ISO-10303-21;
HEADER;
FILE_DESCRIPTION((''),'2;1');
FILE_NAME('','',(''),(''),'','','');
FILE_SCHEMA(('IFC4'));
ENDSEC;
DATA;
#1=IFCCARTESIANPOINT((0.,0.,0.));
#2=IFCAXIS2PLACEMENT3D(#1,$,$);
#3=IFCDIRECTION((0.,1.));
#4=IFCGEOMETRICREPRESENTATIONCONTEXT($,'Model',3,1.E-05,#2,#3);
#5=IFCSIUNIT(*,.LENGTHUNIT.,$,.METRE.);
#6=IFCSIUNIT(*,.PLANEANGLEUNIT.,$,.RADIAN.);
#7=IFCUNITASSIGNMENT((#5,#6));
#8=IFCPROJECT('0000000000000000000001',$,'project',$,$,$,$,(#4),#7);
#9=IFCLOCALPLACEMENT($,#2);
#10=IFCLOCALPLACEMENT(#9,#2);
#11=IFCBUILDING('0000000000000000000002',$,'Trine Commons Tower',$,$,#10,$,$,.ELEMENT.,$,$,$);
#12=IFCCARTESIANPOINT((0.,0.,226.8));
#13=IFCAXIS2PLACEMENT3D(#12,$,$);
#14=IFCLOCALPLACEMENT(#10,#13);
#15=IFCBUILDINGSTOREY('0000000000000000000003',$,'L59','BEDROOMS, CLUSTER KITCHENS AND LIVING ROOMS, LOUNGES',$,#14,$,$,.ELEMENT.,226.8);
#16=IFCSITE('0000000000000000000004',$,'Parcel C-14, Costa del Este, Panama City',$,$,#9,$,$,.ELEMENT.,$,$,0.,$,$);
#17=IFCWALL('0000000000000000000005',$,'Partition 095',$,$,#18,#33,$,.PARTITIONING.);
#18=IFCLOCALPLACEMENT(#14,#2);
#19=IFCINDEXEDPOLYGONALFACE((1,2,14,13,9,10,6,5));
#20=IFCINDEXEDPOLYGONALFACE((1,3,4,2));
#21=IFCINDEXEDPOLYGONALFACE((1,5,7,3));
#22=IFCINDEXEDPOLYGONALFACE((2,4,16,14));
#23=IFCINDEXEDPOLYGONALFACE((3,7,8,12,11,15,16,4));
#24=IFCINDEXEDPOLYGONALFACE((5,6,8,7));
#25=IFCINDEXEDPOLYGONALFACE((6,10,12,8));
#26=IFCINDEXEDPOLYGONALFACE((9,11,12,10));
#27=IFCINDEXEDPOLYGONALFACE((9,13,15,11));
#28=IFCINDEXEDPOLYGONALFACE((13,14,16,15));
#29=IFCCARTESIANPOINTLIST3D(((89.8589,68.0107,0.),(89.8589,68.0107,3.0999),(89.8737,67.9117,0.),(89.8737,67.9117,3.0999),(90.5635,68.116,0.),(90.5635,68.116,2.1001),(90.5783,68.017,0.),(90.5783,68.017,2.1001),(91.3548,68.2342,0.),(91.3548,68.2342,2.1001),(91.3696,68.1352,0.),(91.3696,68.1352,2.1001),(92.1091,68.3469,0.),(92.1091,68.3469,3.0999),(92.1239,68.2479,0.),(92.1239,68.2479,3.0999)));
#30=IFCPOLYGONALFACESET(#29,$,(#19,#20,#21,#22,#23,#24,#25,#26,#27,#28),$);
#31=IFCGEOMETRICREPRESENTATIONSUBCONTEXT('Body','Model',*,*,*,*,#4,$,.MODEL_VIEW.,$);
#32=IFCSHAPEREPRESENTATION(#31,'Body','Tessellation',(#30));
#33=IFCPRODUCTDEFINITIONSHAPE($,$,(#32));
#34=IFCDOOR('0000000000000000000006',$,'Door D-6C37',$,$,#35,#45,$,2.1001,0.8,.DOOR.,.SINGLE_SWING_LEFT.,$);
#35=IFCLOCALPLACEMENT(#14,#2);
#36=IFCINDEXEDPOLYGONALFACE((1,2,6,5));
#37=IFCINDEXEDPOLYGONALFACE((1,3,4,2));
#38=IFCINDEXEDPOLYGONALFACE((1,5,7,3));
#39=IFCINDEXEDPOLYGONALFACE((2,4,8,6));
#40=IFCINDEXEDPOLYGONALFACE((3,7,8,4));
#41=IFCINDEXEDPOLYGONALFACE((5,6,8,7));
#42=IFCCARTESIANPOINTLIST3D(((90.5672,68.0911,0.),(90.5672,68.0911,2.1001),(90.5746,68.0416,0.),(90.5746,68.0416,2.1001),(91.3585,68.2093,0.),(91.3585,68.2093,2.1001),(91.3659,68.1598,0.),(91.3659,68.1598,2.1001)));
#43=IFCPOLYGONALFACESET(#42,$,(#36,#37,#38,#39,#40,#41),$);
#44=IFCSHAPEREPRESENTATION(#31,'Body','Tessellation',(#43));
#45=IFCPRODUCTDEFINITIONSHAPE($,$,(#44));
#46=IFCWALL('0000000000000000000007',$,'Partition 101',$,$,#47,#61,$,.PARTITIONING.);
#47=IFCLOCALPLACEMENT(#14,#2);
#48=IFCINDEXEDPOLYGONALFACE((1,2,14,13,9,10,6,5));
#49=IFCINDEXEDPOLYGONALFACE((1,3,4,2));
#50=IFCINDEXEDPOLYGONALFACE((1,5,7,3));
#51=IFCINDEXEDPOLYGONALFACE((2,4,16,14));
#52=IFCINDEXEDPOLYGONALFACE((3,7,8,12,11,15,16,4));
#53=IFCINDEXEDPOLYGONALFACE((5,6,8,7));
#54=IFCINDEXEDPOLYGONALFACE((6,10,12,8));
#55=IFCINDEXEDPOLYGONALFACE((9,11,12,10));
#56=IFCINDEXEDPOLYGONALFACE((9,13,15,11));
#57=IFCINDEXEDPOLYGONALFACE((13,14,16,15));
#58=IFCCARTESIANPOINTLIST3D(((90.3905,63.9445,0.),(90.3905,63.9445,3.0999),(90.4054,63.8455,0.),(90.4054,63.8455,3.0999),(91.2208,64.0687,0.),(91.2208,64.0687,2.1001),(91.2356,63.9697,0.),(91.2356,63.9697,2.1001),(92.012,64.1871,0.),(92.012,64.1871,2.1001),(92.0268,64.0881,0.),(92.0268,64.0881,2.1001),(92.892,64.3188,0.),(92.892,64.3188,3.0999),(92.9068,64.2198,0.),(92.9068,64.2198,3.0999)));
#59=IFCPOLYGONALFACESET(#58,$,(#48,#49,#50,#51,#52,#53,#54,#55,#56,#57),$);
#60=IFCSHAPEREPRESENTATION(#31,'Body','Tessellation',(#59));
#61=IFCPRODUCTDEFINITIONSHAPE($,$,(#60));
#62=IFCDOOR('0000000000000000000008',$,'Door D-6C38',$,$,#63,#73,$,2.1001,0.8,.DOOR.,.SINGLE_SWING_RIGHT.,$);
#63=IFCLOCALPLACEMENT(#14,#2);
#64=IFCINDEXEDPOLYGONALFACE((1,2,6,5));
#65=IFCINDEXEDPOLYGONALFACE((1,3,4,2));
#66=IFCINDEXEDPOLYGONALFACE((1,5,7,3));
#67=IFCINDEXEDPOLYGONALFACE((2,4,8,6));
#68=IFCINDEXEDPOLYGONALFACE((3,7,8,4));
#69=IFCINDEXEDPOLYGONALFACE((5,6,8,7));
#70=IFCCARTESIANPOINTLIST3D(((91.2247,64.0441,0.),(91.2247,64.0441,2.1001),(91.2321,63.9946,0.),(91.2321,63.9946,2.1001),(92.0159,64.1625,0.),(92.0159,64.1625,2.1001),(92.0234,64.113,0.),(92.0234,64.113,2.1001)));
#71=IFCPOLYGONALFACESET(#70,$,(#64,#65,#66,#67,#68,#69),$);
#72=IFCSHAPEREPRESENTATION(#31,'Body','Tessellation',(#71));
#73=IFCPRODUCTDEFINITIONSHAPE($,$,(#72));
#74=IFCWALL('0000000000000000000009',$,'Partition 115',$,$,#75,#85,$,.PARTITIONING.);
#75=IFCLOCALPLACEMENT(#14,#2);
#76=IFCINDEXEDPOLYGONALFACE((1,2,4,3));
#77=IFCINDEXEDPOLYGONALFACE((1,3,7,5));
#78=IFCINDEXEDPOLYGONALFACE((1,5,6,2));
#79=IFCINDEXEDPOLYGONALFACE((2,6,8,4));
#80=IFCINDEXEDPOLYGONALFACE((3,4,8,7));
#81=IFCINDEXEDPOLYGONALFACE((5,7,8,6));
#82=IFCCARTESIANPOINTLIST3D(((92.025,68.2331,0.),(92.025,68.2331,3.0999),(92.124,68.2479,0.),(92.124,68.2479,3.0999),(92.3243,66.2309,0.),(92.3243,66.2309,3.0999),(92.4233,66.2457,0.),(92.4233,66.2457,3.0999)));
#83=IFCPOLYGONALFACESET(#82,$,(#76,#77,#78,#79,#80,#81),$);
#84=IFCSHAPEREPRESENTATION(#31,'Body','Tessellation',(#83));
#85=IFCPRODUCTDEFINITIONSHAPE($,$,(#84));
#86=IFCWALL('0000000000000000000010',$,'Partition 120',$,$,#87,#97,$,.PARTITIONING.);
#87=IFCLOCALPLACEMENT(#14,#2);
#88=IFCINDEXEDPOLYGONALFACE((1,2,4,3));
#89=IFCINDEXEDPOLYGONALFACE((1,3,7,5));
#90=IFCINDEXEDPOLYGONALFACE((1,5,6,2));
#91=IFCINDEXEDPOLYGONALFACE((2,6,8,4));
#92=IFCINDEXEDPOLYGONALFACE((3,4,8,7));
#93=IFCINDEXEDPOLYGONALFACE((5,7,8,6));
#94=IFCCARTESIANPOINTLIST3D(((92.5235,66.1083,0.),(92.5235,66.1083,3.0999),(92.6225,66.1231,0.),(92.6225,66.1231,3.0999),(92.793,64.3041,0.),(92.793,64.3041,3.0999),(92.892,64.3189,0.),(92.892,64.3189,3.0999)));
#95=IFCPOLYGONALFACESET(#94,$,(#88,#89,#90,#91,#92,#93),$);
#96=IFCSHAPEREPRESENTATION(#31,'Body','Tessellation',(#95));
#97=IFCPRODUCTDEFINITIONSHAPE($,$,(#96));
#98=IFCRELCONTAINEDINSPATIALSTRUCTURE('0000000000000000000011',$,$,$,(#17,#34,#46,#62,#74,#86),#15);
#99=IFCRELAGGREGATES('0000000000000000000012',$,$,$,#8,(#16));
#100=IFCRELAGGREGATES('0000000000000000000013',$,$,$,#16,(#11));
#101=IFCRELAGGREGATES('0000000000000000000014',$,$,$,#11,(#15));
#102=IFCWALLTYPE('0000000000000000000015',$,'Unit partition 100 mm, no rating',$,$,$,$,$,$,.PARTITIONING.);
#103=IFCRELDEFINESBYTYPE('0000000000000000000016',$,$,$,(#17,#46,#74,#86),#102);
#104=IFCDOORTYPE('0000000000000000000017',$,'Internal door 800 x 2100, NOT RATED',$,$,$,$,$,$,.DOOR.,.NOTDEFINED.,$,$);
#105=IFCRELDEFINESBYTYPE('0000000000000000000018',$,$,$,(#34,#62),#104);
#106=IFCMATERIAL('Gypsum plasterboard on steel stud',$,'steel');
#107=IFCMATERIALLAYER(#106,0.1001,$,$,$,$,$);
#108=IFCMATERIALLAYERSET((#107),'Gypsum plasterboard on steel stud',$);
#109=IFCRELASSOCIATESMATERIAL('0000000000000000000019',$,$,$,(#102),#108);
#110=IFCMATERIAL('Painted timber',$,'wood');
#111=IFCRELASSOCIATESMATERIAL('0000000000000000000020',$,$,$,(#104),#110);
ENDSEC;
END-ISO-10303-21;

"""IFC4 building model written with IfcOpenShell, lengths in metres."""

from ifc_helpers import new_model, si_unit, direction, frame, frame_2d, origin, place, context, subcontext, project, spatial, rectangle, extrude, material, layer, layer_set, type_object, element, fill, save


model = new_model("IFC4")

# Units and contexts
model_context = context("Model", 3, precision=1e-05, world=origin(), true_north=direction((0.0, 1.0)))
body_context = subcontext(model_context, "Body", "Model", "MODEL_VIEW")
ifc_project = project(units=[si_unit("LENGTHUNIT", "METRE"), si_unit("PLANEANGLEUNIT", "RADIAN")], contexts=[model_context])

# Site, building, storey
site_placement = place(None, origin())
site = spatial("IfcSite", under=ifc_project, at=site_placement, Name="Parcel C-14, Costa del Este, Panama City", CompositionType="ELEMENT", RefElevation=0.0)
building_placement = place(site_placement, origin())
building = spatial("IfcBuilding", under=site, at=building_placement, Name="Trine Commons Tower", CompositionType="ELEMENT")
storey_placement = place(building_placement, frame((0.0, 0.0, 226.8)))
storey = spatial("IfcBuildingStorey", under=building, at=storey_placement, Name="L59", Description="BEDROOMS, CLUSTER KITCHENS AND LIVING ROOMS, LOUNGES", CompositionType="ELEMENT", Elevation=226.8)

# Shared definitions
ifc_material_1 = material(Name="Gypsum plasterboard on steel stud", Category="steel")

# Walls, openings, doors
ifc_layer_1 = layer(ifc_material_1, 0.1001)
ifc_layer_set_1 = layer_set([ifc_layer_1], Name="Gypsum plasterboard on steel stud")
wall_type_1 = type_object("IfcWallType", Name="Unit partition 100 mm, no rating", PredefinedType="PARTITIONING", material=ifc_layer_set_1)
ifc_material_2 = material(Name="Painted timber", Category="wood")
door_type_1 = type_object("IfcDoorType", Name="Internal door 800 x 2100, NOT RATED", OperationType="NOTDEFINED", PredefinedType="DOOR", material=ifc_material_2)
wall_1_placement = place(storey_placement, frame((89.8662, 67.9612, 0.0), z_axis=(0.0, 0.0, 1.0), x_axis=(0.989024, 0.147758, 0.0)))
wall_1 = element("IfcWall", 1, at=wall_1_placement, inside=storey, type_object=wall_type_1, Name="Partition 095", PredefinedType="PARTITIONING", context=body_context, shape_type="SweptSolid", body=[
    extrude(rectangle(XDim=2.2751, YDim=0.1001, at=frame_2d((1.1377, 0.0))), origin(), (0.0, 0.0, 1.0), 3.0999),
])
opening_1_placement = place(wall_1_placement, frame((0.7126, 0.0, 0.0)))
opening_1 = element("IfcOpeningElement", 2, at=opening_1_placement, cuts=wall_1, PredefinedType="OPENING", context=body_context, shape_type="SweptSolid", body=[
    extrude(rectangle(XDim=0.8, YDim=2.1001, at=frame_2d((0.3999, 1.05))), frame((0.0, 0.0601, 0.0), z_axis=(0.0, -1.0, 0.0), x_axis=(1.0, 0.0, 0.0)), (0.0, 0.0, 1.0), 0.1201),
])
door_1_placement = place(opening_1_placement, origin())
door_1 = element("IfcDoor", 3, at=door_1_placement, inside=storey, type_object=door_type_1, Name="Door D-6C37", OperationType="SINGLE_SWING_LEFT", OverallHeight=2.1001, OverallWidth=0.8, PredefinedType="DOOR", context=body_context, shape_type="SweptSolid", body=[
    extrude(rectangle(XDim=0.8, YDim=2.1001, at=frame_2d((0.3999, 1.05))), frame((0.0, 0.0249, 0.0), z_axis=(0.0, -1.0, 0.0), x_axis=(1.0, 0.0, 0.0)), (0.0, 0.0, 1.0), 0.05),
])
fill(opening_1, door_1)
wall_2_placement = place(storey_placement, frame((90.3979, 63.895, 0.0), z_axis=(0.0, 0.0, 1.0), x_axis=(0.988992, 0.147972, 0.0)))
wall_2 = element("IfcWall", 4, at=wall_2_placement, inside=storey, type_object=wall_type_1, Name="Partition 101", PredefinedType="PARTITIONING", context=body_context, shape_type="SweptSolid", body=[
    extrude(rectangle(XDim=2.5293, YDim=0.1001, at=frame_2d((1.2646, 0.0))), origin(), (0.0, 0.0, 1.0), 3.0999),
])
opening_2_placement = place(wall_2_placement, frame((0.8396, 0.0, 0.0)))
opening_2 = element("IfcOpeningElement", 5, at=opening_2_placement, cuts=wall_2, PredefinedType="OPENING", context=body_context, shape_type="SweptSolid", body=[
    extrude(rectangle(XDim=0.8, YDim=2.1001, at=frame_2d((0.3999, 1.05))), frame((0.0, 0.0601, 0.0), z_axis=(0.0, -1.0, 0.0), x_axis=(1.0, 0.0, 0.0)), (0.0, 0.0, 1.0), 0.1201),
])
door_2_placement = place(opening_2_placement, frame((0.8, 0.0, 0.0), z_axis=(0.0, 0.0, 1.0), x_axis=(-1.0, 0.0, 0.0)))
door_2 = element("IfcDoor", 6, at=door_2_placement, inside=storey, type_object=door_type_1, Name="Door D-6C38", OperationType="SINGLE_SWING_RIGHT", OverallHeight=2.1001, OverallWidth=0.8, PredefinedType="DOOR", context=body_context, shape_type="SweptSolid", body=[
    extrude(rectangle(XDim=0.8, YDim=2.1001, at=frame_2d((0.3999, 1.05))), frame((0.0, 0.0249, 0.0), z_axis=(0.0, -1.0, 0.0), x_axis=(1.0, 0.0, 0.0)), (0.0, 0.0, 1.0), 0.05),
])
fill(opening_2, door_2)

# Walls
wall_3_placement = place(storey_placement, frame((92.0745, 68.2405, 0.0), z_axis=(0.0, 0.0, 1.0), x_axis=(0.147851, -0.98901, 0.0)))
element("IfcWall", 7, at=wall_3_placement, inside=storey, type_object=wall_type_1, Name="Partition 115", PredefinedType="PARTITIONING", context=body_context, shape_type="SweptSolid", body=[
    extrude(rectangle(XDim=2.0244, YDim=0.1001, at=frame_2d((1.0122, 0.0))), origin(), (0.0, 0.0, 1.0), 3.0999),
])
wall_4_placement = place(storey_placement, frame((92.573, 66.1157, 0.0), z_axis=(0.0, 0.0, 1.0), x_axis=(0.147751, -0.989025, 0.0)))
element("IfcWall", 8, at=wall_4_placement, inside=storey, type_object=wall_type_1, Name="Partition 120", PredefinedType="PARTITIONING", context=body_context, shape_type="SweptSolid", body=[
    extrude(rectangle(XDim=1.8242, YDim=0.1001, at=frame_2d((0.9121, 0.0))), origin(), (0.0, 0.0, 1.0), 3.0999),
])

save(model, "model.ifc")
